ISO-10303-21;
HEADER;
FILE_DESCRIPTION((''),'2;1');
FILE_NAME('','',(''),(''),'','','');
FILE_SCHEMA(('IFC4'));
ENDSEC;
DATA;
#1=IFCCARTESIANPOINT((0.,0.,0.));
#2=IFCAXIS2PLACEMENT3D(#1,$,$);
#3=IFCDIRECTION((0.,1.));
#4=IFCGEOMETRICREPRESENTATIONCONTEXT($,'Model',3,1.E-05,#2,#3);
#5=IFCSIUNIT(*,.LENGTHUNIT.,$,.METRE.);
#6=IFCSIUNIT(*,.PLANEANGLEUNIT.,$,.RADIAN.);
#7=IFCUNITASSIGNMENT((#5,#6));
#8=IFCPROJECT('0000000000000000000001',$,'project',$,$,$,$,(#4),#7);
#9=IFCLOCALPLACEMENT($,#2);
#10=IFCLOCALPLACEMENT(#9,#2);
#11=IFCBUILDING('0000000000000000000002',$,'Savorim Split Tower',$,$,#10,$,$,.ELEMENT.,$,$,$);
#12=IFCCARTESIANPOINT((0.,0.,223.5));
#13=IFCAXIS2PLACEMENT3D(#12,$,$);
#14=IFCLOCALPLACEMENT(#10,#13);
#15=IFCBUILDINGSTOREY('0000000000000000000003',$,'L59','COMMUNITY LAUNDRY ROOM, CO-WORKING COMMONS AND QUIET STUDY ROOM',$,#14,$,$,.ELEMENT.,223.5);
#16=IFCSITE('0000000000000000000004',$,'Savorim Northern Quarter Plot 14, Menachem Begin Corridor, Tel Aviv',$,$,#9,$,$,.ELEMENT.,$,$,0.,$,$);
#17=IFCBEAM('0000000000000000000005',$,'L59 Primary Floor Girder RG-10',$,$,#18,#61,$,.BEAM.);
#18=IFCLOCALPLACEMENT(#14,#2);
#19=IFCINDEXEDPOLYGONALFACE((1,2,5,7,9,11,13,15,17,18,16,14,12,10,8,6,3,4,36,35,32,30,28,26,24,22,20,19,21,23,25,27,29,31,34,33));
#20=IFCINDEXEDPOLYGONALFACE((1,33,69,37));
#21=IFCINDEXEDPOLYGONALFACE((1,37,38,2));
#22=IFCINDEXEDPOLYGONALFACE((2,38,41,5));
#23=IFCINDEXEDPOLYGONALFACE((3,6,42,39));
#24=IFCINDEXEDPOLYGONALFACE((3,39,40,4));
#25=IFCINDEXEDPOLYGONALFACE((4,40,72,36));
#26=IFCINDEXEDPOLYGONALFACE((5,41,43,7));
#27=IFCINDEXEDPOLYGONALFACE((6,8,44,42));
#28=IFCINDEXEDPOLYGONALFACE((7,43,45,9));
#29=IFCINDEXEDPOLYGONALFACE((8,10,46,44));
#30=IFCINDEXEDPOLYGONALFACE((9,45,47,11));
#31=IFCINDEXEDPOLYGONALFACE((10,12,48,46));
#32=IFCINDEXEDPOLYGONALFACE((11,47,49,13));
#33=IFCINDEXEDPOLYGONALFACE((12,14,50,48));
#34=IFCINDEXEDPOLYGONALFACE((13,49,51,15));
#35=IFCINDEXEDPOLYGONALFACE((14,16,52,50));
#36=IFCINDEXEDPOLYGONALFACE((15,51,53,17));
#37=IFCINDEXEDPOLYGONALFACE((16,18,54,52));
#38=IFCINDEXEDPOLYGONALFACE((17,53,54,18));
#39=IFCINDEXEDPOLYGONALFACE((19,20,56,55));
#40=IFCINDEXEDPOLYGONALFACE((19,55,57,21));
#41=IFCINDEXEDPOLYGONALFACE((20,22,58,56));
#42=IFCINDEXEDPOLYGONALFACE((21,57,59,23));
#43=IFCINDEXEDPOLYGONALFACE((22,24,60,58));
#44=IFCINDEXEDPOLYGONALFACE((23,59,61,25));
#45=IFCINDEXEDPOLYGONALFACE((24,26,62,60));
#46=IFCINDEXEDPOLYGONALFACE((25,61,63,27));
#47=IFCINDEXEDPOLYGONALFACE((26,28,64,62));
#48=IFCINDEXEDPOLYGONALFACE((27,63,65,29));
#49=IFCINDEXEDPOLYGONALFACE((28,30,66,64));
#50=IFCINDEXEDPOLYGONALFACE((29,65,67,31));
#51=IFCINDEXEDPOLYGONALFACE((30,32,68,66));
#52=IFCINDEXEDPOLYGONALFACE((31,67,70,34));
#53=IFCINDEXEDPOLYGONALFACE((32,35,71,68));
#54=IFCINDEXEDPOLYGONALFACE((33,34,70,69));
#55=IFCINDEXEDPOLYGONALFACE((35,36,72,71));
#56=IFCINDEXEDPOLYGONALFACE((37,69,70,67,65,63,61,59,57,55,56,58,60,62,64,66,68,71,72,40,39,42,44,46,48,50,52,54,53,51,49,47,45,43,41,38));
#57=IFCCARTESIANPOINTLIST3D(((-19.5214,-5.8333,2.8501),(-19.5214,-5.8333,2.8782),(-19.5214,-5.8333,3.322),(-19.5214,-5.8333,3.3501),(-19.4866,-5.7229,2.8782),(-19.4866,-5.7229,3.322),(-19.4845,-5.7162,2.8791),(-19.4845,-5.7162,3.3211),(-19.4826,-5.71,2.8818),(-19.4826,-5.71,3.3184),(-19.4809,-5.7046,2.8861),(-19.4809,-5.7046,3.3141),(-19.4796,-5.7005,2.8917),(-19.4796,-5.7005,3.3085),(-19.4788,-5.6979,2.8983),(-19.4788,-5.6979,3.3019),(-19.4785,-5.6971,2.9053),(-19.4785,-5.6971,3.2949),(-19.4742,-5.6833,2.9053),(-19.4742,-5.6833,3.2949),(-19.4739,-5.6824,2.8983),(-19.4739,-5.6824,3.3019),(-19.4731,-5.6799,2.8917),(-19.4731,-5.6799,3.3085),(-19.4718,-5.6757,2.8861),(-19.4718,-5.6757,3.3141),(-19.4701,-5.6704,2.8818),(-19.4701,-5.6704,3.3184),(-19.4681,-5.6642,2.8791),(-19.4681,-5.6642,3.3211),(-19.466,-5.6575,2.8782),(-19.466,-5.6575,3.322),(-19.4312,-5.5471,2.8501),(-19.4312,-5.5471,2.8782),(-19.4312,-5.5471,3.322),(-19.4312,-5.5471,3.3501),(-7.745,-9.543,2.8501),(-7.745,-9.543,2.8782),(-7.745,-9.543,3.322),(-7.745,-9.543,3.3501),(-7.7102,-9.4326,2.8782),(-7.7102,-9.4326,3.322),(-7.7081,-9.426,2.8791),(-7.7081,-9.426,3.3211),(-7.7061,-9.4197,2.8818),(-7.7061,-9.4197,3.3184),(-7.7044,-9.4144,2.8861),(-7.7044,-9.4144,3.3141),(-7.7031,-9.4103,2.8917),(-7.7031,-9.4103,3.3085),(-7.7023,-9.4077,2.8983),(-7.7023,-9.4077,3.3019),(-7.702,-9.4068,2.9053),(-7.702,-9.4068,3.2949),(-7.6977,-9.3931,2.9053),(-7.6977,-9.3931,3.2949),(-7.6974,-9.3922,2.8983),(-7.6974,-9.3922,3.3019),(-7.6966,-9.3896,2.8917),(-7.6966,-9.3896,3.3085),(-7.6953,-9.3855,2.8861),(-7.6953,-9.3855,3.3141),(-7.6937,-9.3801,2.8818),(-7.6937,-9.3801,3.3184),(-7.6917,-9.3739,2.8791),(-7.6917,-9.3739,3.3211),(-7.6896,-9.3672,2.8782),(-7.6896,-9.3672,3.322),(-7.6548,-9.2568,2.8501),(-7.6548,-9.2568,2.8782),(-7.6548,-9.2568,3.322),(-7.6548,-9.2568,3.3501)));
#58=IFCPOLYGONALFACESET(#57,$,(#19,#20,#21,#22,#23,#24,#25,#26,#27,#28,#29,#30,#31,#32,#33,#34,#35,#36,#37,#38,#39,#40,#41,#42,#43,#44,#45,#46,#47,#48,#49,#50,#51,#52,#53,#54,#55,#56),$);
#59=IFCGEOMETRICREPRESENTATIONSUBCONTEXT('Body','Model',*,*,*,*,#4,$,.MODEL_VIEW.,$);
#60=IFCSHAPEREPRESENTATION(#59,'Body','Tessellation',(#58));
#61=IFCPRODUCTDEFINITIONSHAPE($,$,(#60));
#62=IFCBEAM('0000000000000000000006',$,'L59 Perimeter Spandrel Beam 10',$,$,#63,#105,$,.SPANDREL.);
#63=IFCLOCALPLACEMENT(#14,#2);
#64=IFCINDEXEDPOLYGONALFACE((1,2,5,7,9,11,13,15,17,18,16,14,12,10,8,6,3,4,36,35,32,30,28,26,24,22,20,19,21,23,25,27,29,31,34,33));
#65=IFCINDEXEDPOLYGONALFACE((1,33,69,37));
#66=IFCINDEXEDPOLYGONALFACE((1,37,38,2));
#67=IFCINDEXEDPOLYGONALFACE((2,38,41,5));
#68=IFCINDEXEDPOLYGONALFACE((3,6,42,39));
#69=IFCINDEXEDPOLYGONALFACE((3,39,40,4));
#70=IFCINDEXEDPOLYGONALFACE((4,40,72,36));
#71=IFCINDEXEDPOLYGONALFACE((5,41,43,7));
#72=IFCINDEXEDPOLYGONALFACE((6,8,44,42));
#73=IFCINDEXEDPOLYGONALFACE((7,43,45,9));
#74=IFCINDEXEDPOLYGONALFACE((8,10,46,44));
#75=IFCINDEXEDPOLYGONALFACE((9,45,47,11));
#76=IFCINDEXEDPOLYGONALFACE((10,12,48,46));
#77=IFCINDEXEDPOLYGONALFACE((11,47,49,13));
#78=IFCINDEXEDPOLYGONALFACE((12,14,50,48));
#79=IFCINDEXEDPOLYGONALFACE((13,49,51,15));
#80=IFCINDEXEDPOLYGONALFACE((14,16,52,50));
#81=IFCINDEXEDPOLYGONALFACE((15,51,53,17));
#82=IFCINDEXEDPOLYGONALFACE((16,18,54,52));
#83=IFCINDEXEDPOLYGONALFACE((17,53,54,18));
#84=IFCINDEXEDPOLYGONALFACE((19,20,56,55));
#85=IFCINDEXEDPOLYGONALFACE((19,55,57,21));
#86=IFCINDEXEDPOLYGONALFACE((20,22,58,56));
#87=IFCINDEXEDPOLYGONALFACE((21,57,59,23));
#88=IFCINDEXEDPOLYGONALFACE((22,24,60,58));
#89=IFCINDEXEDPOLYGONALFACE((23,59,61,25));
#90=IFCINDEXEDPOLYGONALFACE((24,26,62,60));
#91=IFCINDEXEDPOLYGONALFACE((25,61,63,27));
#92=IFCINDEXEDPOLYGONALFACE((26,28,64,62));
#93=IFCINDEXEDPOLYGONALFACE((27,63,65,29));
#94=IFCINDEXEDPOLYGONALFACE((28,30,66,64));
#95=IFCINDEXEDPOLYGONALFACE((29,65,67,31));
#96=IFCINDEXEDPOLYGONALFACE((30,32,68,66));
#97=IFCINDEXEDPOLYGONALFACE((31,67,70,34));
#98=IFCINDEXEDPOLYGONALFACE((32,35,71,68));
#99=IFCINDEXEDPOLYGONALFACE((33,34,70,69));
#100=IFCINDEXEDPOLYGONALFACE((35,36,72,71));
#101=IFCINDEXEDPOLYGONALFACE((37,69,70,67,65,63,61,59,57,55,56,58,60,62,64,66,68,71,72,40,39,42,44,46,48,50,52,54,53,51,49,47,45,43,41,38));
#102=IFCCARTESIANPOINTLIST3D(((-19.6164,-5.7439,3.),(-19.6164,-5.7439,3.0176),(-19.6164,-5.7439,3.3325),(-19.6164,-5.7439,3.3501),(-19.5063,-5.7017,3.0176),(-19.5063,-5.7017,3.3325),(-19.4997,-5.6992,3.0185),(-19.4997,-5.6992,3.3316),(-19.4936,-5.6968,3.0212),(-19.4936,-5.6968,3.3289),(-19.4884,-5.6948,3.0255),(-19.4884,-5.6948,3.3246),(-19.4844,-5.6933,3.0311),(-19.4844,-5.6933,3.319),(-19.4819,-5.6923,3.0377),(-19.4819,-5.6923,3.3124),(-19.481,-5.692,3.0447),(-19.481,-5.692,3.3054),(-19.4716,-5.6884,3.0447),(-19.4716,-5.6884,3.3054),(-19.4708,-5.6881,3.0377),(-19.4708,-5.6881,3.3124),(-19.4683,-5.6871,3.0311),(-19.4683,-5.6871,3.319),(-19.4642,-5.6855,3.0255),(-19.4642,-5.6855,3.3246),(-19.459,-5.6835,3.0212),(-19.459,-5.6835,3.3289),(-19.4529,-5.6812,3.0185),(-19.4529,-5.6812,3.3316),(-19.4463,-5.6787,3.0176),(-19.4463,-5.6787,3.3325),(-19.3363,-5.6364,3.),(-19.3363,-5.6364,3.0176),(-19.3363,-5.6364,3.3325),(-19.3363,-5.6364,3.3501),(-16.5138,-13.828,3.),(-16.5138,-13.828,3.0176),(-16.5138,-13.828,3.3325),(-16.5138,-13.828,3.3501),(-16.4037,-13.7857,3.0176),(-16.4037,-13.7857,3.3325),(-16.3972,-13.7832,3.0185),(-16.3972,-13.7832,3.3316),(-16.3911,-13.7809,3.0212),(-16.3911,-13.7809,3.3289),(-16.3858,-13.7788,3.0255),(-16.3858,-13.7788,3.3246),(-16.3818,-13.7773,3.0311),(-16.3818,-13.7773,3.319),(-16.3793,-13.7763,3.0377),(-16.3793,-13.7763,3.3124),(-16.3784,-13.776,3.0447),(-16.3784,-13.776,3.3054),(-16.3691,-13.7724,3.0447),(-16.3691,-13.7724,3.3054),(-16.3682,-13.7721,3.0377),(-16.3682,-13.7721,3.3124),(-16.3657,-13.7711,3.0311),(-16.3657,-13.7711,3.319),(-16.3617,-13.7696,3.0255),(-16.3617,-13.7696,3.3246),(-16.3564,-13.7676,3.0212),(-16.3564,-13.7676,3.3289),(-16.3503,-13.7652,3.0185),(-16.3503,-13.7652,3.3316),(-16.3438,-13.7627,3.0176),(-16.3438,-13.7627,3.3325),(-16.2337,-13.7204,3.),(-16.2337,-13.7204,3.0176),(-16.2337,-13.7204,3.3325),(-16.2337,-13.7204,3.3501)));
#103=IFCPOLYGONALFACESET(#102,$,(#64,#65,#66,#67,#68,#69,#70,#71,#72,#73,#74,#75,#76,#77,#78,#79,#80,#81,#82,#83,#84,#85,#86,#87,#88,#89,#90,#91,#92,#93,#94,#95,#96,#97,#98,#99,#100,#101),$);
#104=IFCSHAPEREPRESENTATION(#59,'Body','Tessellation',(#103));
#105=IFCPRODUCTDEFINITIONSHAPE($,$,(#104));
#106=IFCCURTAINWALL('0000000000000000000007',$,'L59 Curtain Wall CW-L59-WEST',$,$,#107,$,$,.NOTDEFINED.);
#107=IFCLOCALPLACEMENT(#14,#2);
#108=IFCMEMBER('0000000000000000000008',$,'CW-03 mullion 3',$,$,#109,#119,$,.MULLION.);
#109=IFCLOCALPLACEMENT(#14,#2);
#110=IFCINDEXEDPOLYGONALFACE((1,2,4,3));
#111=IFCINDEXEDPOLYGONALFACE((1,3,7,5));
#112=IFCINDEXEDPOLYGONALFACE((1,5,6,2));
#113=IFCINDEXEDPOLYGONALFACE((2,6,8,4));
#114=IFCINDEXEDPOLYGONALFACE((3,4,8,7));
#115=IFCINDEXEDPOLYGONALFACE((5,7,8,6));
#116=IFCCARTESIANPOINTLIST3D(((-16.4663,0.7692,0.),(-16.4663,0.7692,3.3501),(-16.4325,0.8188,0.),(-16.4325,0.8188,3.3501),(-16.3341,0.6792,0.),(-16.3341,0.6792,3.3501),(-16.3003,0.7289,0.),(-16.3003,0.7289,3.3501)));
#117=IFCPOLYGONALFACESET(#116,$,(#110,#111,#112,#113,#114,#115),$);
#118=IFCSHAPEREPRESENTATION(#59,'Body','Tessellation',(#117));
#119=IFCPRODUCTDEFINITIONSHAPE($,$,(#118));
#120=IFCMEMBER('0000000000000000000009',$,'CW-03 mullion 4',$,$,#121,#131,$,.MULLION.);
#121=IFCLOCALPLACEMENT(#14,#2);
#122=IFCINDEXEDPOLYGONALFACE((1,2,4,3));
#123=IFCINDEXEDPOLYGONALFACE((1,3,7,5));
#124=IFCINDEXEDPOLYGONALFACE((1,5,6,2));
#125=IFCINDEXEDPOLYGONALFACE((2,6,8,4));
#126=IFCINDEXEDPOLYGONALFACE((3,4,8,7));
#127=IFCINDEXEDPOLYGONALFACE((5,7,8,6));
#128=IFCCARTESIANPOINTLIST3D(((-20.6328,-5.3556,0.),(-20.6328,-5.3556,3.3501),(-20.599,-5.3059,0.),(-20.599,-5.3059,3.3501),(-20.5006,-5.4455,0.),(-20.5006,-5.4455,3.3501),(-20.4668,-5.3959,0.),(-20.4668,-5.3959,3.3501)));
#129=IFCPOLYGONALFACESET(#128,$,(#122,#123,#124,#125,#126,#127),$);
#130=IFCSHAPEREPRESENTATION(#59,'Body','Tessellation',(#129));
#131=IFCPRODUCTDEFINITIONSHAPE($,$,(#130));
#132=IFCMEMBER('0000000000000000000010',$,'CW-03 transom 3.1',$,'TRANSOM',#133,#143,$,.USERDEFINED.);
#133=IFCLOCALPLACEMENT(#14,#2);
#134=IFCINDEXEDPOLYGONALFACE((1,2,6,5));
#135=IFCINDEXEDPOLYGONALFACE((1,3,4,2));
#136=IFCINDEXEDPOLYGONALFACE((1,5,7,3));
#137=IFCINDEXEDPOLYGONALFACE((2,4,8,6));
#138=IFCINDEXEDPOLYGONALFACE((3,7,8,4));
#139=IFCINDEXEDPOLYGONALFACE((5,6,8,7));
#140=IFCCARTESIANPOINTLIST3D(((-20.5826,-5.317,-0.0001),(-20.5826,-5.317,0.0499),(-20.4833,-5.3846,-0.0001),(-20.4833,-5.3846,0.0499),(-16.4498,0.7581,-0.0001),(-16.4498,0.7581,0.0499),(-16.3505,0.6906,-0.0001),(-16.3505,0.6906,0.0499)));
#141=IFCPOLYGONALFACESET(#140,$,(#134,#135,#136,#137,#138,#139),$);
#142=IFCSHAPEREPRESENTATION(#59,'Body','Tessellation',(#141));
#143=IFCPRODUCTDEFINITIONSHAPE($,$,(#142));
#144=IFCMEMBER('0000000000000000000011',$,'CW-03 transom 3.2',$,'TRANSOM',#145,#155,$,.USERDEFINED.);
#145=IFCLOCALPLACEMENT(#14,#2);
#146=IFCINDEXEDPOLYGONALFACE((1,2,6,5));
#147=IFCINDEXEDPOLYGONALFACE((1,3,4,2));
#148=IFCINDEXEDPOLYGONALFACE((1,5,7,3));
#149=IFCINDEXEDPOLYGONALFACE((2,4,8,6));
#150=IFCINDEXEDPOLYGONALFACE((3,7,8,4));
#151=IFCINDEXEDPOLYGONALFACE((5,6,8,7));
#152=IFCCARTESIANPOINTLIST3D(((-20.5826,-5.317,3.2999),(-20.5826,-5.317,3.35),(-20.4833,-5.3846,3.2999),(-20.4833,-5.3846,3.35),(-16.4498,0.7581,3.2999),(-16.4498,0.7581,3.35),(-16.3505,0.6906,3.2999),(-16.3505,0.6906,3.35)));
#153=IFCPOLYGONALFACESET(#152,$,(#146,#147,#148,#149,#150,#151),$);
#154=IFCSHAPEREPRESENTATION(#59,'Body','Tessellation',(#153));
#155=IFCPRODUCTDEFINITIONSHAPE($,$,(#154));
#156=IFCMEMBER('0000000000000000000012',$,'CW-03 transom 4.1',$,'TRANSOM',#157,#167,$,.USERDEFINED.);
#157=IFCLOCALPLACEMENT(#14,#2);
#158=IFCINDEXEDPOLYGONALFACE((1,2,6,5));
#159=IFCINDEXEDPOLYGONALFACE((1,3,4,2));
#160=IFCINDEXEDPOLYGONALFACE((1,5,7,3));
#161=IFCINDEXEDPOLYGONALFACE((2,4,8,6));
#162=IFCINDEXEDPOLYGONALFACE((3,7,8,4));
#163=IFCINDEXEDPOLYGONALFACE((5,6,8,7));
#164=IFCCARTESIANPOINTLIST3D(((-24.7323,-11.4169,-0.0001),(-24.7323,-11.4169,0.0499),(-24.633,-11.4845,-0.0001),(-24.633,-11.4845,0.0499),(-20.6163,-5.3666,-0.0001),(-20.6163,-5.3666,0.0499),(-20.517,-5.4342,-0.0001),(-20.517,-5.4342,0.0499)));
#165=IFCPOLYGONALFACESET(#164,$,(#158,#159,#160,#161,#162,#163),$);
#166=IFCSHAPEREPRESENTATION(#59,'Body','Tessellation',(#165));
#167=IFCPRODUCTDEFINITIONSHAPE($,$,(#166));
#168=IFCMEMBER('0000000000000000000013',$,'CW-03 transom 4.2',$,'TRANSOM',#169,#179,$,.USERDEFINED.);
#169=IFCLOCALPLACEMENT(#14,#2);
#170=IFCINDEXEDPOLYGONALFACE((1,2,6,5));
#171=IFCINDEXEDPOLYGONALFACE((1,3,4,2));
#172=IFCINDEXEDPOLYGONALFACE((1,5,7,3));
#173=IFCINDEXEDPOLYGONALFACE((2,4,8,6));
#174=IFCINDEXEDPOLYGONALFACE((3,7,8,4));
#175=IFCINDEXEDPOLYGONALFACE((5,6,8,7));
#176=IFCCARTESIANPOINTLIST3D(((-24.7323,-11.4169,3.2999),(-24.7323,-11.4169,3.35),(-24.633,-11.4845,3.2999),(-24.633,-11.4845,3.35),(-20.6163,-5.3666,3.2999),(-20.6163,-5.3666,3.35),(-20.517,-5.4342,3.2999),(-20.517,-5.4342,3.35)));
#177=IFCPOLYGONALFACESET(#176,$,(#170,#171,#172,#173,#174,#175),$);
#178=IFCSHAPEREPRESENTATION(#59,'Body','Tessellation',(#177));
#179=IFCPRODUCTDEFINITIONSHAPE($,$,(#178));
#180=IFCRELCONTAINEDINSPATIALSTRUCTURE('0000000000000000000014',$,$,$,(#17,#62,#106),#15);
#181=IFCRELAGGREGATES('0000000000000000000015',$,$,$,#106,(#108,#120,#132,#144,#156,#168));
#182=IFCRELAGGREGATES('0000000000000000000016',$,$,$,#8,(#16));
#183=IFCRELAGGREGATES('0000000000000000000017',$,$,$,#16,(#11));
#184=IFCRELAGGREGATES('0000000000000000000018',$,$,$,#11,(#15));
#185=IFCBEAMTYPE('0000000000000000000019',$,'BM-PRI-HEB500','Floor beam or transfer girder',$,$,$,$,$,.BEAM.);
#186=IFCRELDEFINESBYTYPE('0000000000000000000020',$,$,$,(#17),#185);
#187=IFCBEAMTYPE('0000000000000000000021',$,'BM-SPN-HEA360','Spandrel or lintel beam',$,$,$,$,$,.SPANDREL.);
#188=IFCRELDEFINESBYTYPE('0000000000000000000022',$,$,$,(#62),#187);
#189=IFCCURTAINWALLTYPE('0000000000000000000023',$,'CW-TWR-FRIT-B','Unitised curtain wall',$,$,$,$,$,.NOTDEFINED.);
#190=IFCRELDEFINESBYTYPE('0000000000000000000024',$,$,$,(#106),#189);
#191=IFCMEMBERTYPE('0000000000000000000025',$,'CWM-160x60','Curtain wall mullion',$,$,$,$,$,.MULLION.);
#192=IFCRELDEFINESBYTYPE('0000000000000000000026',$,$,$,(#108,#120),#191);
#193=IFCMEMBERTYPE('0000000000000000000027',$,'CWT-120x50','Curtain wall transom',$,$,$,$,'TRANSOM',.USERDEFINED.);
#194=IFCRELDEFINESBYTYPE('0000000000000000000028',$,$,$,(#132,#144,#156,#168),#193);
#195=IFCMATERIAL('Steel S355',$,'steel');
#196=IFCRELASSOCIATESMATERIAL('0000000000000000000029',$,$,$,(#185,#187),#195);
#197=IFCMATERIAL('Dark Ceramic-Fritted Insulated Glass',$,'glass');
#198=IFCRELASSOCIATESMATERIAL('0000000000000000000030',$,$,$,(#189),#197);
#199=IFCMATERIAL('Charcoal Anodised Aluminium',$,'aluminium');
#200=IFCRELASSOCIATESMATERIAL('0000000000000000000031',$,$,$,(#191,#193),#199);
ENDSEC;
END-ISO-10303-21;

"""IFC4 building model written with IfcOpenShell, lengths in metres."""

from ifc_helpers import new_model, si_unit, direction, frame, origin, origin_2d, place, context, subcontext, project, spatial, rectangle, i_section, extrude, material, material_profile, profile_set, type_object, element, aggregate, save


model = new_model("IFC4")

# Units and contexts
model_context = context("Model", 3, precision=1e-05, world=origin(), true_north=direction((0.0, 1.0)))
body_context = subcontext(model_context, "Body", "Model", "MODEL_VIEW")
ifc_project = project(units=[si_unit("LENGTHUNIT", "METRE"), si_unit("PLANEANGLEUNIT", "RADIAN")], contexts=[model_context])

# Site, building, storey
site_placement = place(None, origin())
site = spatial("IfcSite", under=ifc_project, at=site_placement, Name="Savorim Northern Quarter Plot 14, Menachem Begin Corridor, Tel Aviv", CompositionType="ELEMENT", RefElevation=0.0)
building_placement = place(site_placement, origin())
building = spatial("IfcBuilding", under=site, at=building_placement, Name="Savorim Split Tower", CompositionType="ELEMENT")
storey_placement = place(building_placement, frame((0.0, 0.0, 223.5)))
storey = spatial("IfcBuildingStorey", under=building, at=storey_placement, Name="L59", Description="COMMUNITY LAUNDRY ROOM, CO-WORKING COMMONS AND QUIET STUDY ROOM", CompositionType="ELEMENT", Elevation=223.5)

# Shared definitions
ifc_material_1 = material(Name="Steel S355", Category="steel")

# Beams
ifc_material_profile_1 = material_profile(ifc_material_1, i_section(OverallWidth=0.3, OverallDepth=0.5, WebThickness=0.0144, FlangeThickness=0.0281, FilletRadius=0.0271, at=origin_2d()), Name="HEB 500")
ifc_profile_set_1 = profile_set([ifc_material_profile_1], Name="Steel S355")
beam_type_1 = type_object("IfcBeamType", Name="BM-PRI-HEB500", Description="Floor beam or transfer girder", PredefinedType="BEAM", material=ifc_profile_set_1)
beam_1_placement = place(storey_placement, frame((-19.4763, -5.6902, 3.1001), z_axis=(0.953795, -0.300458, 0.0), x_axis=(0.300458, 0.953795, 0.0)))
element("IfcBeam", 1, at=beam_1_placement, inside=storey, type_object=beam_type_1, Name="L59 Primary Floor Girder RG-10", PredefinedType="BEAM", context=body_context, shape_type="SweptSolid", body=[
    extrude(i_section(OverallWidth=0.3, OverallDepth=0.5, WebThickness=0.0144, FlangeThickness=0.0281, FilletRadius=0.0271, at=origin_2d()), origin(), (0.0, 0.0, 1.0), 12.3469),
])
ifc_material_profile_2 = material_profile(ifc_material_1, i_section(OverallWidth=0.3, OverallDepth=0.3501, WebThickness=0.01, FlangeThickness=0.0176, FilletRadius=0.0271, at=origin_2d()), Name="HEA 360")
ifc_profile_set_2 = profile_set([ifc_material_profile_2], Name="Steel S355")
beam_type_2 = type_object("IfcBeamType", Name="BM-SPN-HEA360", Description="Spandrel or lintel beam", PredefinedType="SPANDREL", material=ifc_profile_set_2)
beam_2_placement = place(storey_placement, frame((-19.4763, -5.6902, 3.175), z_axis=(0.358306, -0.933604, 0.0), x_axis=(0.933604, 0.358306, 0.0)))
element("IfcBeam", 2, at=beam_2_placement, inside=storey, type_object=beam_type_2, Name="L59 Perimeter Spandrel Beam 10", PredefinedType="SPANDREL", context=body_context, shape_type="SweptSolid", body=[
    extrude(i_section(OverallWidth=0.3, OverallDepth=0.3501, WebThickness=0.01, FlangeThickness=0.0176, FilletRadius=0.0271, at=origin_2d()), origin(), (0.0, 0.0, 1.0), 8.6589),
])

# Curtain wall, members
ifc_material_2 = material(Name="Dark Ceramic-Fritted Insulated Glass", Category="glass")
curtain_wall_type = type_object("IfcCurtainWallType", Name="CW-TWR-FRIT-B", Description="Unitised curtain wall", PredefinedType="NOTDEFINED", material=ifc_material_2)
curtain_wall_placement = place(storey_placement, origin())
curtain_wall = element("IfcCurtainWall", 3, at=curtain_wall_placement, inside=storey, type_object=curtain_wall_type, Name="L59 Curtain Wall CW-L59-WEST", PredefinedType="NOTDEFINED")
ifc_material_3 = material(Name="Charcoal Anodised Aluminium", Category="aluminium")
ifc_material_profile_3 = material_profile(ifc_material_3, rectangle(XDim=0.1599, YDim=0.0601, at=origin_2d()), Name="ALU-M 160x60")
ifc_profile_set_3 = profile_set([ifc_material_profile_3], Name="Charcoal Anodised Aluminium")
member_type_1 = type_object("IfcMemberType", Name="CWM-160x60", Description="Curtain wall mullion", PredefinedType="MULLION", material=ifc_profile_set_3)
member_1_placement = place(storey_placement, frame((-16.3833, 0.749, 0.0), z_axis=(0.0, 0.0, 1.0), x_axis=(0.82682, -0.562467, 0.0)))
member_1 = element("IfcMember", 4, at=member_1_placement, type_object=member_type_1, Name="CW-03 mullion 3", PredefinedType="MULLION", context=body_context, shape_type="SweptSolid", body=[
    extrude(rectangle(XDim=0.1599, YDim=0.0601, at=origin_2d()), origin(), (0.0, 0.0, 1.0), 3.3501),
])
member_2_placement = place(storey_placement, frame((-20.5498, -5.3757, 0.0), z_axis=(0.0, 0.0, 1.0), x_axis=(0.82682, -0.562467, 0.0)))
member_2 = element("IfcMember", 5, at=member_2_placement, type_object=member_type_1, Name="CW-03 mullion 4", PredefinedType="MULLION", context=body_context, shape_type="SweptSolid", body=[
    extrude(rectangle(XDim=0.1599, YDim=0.0601, at=origin_2d()), origin(), (0.0, 0.0, 1.0), 3.3501),
])
ifc_material_profile_4 = material_profile(ifc_material_3, rectangle(XDim=0.1201, YDim=0.05, at=origin_2d()), Name="ALU-T 120x50")
ifc_profile_set_4 = profile_set([ifc_material_profile_4], Name="Charcoal Anodised Aluminium")
member_type_2 = type_object("IfcMemberType", Name="CWT-120x50", Description="Curtain wall transom", ElementType="TRANSOM", PredefinedType="USERDEFINED", material=ifc_profile_set_4)
member_3_placement = place(storey_placement, frame((-16.4001, 0.7244, 0.0249), z_axis=(-0.562466, -0.82682, 0.0), x_axis=(0.82682, -0.562466, 0.0)))
member_3 = element("IfcMember", 6, at=member_3_placement, type_object=member_type_2, Name="CW-03 transom 3.1", ObjectType="TRANSOM", PredefinedType="USERDEFINED", context=body_context, shape_type="SweptSolid", body=[
    extrude(rectangle(XDim=0.1201, YDim=0.05, at=origin_2d()), origin(), (0.0, 0.0, 1.0), 7.3477),
])
member_4_placement = place(storey_placement, frame((-16.4001, 0.7244, 3.325), z_axis=(-0.562466, -0.82682, 0.0), x_axis=(0.82682, -0.562466, 0.0)))
member_4 = element("IfcMember", 7, at=member_4_placement, type_object=member_type_2, Name="CW-03 transom 3.2", ObjectType="TRANSOM", PredefinedType="USERDEFINED", context=body_context, shape_type="SweptSolid", body=[
    extrude(rectangle(XDim=0.1201, YDim=0.05, at=origin_2d()), origin(), (0.0, 0.0, 1.0), 7.3477),
])
member_5_placement = place(storey_placement, frame((-20.5667, -5.4004, 0.0249), z_axis=(-0.562475, -0.826814, 0.0), x_axis=(0.826814, -0.562475, 0.0)))
member_5 = element("IfcMember", 8, at=member_5_placement, type_object=member_type_2, Name="CW-03 transom 4.1", ObjectType="TRANSOM", PredefinedType="USERDEFINED", context=body_context, shape_type="SweptSolid", body=[
    extrude(rectangle(XDim=0.1201, YDim=0.05, at=origin_2d()), origin(), (0.0, 0.0, 1.0), 7.3176),
])
member_6_placement = place(storey_placement, frame((-20.5667, -5.4004, 3.325), z_axis=(-0.562475, -0.826814, 0.0), x_axis=(0.826814, -0.562475, 0.0)))
member_6 = element("IfcMember", 9, at=member_6_placement, type_object=member_type_2, Name="CW-03 transom 4.2", ObjectType="TRANSOM", PredefinedType="USERDEFINED", context=body_context, shape_type="SweptSolid", body=[
    extrude(rectangle(XDim=0.1201, YDim=0.05, at=origin_2d()), origin(), (0.0, 0.0, 1.0), 7.3176),
])
aggregate(curtain_wall, [member_1, member_2, member_3, member_4, member_5, member_6])

save(model, "model.ifc")
